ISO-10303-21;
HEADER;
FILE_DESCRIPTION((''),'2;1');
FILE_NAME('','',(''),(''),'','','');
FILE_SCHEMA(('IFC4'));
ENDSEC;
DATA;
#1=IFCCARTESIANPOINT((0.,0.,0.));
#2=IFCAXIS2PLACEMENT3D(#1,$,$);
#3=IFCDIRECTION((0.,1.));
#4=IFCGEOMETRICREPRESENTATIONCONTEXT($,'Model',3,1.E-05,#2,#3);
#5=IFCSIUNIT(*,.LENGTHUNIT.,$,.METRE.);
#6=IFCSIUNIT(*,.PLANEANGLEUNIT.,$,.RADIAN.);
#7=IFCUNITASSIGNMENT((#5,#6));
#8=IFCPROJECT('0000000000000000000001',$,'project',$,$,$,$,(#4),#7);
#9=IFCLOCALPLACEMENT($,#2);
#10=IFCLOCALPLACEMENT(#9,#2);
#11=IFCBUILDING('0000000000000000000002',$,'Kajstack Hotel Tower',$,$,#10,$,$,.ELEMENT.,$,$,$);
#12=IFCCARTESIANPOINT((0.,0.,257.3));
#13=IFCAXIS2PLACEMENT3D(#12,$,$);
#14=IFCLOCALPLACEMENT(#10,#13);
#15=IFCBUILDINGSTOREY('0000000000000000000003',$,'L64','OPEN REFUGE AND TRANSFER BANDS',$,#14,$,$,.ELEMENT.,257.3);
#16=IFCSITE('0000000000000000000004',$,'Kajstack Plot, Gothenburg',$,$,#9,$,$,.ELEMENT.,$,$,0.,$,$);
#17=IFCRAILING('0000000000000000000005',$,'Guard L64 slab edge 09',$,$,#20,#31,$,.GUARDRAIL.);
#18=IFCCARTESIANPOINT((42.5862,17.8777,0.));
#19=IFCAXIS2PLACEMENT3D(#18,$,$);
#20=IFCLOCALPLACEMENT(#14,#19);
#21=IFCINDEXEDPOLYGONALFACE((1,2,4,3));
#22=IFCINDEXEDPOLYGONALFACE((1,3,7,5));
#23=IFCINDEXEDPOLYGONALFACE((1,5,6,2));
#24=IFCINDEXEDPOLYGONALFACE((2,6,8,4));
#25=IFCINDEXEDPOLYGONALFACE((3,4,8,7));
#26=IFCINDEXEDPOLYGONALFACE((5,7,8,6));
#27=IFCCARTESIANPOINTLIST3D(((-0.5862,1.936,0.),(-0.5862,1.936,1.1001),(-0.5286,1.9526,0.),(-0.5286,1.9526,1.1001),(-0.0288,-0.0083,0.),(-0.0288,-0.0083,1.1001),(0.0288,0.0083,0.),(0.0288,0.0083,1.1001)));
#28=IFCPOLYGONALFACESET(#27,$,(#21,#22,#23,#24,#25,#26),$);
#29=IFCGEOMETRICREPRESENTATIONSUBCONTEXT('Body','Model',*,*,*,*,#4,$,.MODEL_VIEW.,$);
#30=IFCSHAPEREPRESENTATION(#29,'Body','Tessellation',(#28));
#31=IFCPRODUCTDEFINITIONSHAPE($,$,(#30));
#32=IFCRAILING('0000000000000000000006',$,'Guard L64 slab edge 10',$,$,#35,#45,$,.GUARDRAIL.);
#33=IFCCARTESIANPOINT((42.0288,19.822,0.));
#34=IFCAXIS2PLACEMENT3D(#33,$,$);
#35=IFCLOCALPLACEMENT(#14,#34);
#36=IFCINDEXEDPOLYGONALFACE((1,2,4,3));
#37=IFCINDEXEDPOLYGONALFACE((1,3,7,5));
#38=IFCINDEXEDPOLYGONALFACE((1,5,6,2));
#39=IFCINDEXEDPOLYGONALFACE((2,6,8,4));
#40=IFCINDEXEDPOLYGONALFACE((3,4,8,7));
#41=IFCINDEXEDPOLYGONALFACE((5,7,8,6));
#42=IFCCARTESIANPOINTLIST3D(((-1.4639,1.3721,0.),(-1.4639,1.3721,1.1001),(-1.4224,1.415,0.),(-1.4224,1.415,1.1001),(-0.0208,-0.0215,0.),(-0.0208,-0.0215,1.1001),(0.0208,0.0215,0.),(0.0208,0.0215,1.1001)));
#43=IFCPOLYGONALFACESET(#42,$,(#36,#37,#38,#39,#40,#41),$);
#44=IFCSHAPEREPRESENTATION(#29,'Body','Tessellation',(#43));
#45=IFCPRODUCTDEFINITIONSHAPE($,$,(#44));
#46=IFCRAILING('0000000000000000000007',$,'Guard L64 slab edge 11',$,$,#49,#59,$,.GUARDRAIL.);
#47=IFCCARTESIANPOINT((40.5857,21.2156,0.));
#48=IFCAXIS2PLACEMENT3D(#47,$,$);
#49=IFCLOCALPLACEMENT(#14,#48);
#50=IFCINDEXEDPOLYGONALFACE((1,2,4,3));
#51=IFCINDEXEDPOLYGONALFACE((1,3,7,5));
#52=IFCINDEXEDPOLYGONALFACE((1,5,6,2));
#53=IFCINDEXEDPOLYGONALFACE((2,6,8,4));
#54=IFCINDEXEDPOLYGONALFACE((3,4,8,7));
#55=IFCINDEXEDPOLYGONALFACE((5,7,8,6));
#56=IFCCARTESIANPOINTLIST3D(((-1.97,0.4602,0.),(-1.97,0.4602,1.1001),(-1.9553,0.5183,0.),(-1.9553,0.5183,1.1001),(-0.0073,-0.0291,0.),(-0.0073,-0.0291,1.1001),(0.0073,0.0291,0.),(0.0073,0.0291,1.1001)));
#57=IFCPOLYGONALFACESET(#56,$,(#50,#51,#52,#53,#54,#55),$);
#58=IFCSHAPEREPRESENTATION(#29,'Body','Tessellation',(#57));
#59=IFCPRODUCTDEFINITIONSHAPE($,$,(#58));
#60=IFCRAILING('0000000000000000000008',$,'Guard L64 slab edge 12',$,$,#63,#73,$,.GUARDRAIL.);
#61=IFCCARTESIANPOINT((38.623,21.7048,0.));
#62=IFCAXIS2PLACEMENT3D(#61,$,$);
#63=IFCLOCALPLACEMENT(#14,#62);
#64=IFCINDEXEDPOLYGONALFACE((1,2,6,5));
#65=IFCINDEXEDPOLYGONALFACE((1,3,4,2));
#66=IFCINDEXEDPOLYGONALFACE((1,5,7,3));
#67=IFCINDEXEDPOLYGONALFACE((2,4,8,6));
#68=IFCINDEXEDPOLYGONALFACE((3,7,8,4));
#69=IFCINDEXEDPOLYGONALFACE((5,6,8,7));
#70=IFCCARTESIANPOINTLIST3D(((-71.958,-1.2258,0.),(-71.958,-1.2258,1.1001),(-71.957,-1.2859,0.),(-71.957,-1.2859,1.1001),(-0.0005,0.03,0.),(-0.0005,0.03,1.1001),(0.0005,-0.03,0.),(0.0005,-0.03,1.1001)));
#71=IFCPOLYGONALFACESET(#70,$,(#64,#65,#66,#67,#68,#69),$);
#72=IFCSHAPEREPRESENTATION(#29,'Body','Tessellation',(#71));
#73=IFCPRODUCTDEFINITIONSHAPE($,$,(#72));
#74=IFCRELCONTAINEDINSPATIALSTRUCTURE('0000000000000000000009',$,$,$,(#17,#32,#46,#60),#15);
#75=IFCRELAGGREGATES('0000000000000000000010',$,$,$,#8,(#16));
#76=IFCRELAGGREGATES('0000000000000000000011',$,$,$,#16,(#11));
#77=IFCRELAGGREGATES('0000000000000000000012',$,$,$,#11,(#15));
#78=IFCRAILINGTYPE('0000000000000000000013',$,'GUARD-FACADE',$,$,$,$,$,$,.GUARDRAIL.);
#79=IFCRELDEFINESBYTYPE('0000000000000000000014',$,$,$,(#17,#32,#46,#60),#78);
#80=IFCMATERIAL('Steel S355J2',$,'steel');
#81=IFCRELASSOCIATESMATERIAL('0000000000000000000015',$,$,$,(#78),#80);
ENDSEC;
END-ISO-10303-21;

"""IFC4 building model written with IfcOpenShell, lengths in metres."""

from ifc_helpers import new_model, si_unit, direction, frame, origin, place, context, subcontext, project, spatial, polyline, outline, extrude, material, type_object, element, save


model = new_model("IFC4")

# Units and contexts
model_context = context("Model", 3, precision=1e-05, world=origin(), true_north=direction((0.0, 1.0)))
body_context = subcontext(model_context, "Body", "Model", "MODEL_VIEW")
ifc_project = project(units=[si_unit("LENGTHUNIT", "METRE"), si_unit("PLANEANGLEUNIT", "RADIAN")], contexts=[model_context])

# Site, building, storey
site_placement = place(None, origin())
site = spatial("IfcSite", under=ifc_project, at=site_placement, Name="Kajstack Plot, Gothenburg", CompositionType="ELEMENT", RefElevation=0.0)
building_placement = place(site_placement, origin())
building = spatial("IfcBuilding", under=site, at=building_placement, Name="Kajstack Hotel Tower", CompositionType="ELEMENT")
storey_placement = place(building_placement, frame((0.0, 0.0, 257.3)))
storey = spatial("IfcBuildingStorey", under=building, at=storey_placement, Name="L64", Description="OPEN REFUGE AND TRANSFER BANDS", CompositionType="ELEMENT", Elevation=257.3)

# Railings
ifc_material_1 = material(Name="Steel S355J2", Category="steel")
railing_type_1 = type_object("IfcRailingType", Name="GUARD-FACADE", PredefinedType="GUARDRAIL", material=ifc_material_1)
railing_1_placement = place(storey_placement, frame((42.5862, 17.8777, 0.0)))
element("IfcRailing", 1, at=railing_1_placement, inside=storey, type_object=railing_type_1, Name="Guard L64 slab edge 09", PredefinedType="GUARDRAIL", context=body_context, shape_type="SweptSolid", body=[
    extrude(outline(polyline([(-0.5862, 1.936), (-0.5286, 1.9526), (0.0288, 0.0083), (-0.0288, -0.0083), (-0.5862, 1.936)])), origin(), (0.0, 0.0, 1.0), 1.1001),
])
railing_2_placement = place(storey_placement, frame((42.0288, 19.822, 0.0)))
element("IfcRailing", 2, at=railing_2_placement, inside=storey, type_object=railing_type_1, Name="Guard L64 slab edge 10", PredefinedType="GUARDRAIL", context=body_context, shape_type="SweptSolid", body=[
    extrude(outline(polyline([(-1.4639, 1.3721), (-1.4224, 1.415), (0.0208, 0.0215), (-0.0208, -0.0215), (-1.4639, 1.3721)])), origin(), (0.0, 0.0, 1.0), 1.1001),
])
railing_3_placement = place(storey_placement, frame((40.5857, 21.2156, 0.0)))
element("IfcRailing", 3, at=railing_3_placement, inside=storey, type_object=railing_type_1, Name="Guard L64 slab edge 11", PredefinedType="GUARDRAIL", context=body_context, shape_type="SweptSolid", body=[
    extrude(outline(polyline([(-1.97, 0.4602), (-1.9553, 0.5183), (0.0073, 0.0291), (-0.0073, -0.0291), (-1.97, 0.4602)])), origin(), (0.0, 0.0, 1.0), 1.1001),
])
railing_4_placement = place(storey_placement, frame((38.623, 21.7048, 0.0)))
element("IfcRailing", 4, at=railing_4_placement, inside=storey, type_object=railing_type_1, Name="Guard L64 slab edge 12", PredefinedType="GUARDRAIL", context=body_context, shape_type="SweptSolid", body=[
    extrude(outline(polyline([(-71.957, -1.2859), (-71.958, -1.2258), (-0.0005, 0.03), (0.0005, -0.03), (-71.957, -1.2859)])), origin(), (0.0, 0.0, 1.0), 1.1001),
])

save(model, "model.ifc")
